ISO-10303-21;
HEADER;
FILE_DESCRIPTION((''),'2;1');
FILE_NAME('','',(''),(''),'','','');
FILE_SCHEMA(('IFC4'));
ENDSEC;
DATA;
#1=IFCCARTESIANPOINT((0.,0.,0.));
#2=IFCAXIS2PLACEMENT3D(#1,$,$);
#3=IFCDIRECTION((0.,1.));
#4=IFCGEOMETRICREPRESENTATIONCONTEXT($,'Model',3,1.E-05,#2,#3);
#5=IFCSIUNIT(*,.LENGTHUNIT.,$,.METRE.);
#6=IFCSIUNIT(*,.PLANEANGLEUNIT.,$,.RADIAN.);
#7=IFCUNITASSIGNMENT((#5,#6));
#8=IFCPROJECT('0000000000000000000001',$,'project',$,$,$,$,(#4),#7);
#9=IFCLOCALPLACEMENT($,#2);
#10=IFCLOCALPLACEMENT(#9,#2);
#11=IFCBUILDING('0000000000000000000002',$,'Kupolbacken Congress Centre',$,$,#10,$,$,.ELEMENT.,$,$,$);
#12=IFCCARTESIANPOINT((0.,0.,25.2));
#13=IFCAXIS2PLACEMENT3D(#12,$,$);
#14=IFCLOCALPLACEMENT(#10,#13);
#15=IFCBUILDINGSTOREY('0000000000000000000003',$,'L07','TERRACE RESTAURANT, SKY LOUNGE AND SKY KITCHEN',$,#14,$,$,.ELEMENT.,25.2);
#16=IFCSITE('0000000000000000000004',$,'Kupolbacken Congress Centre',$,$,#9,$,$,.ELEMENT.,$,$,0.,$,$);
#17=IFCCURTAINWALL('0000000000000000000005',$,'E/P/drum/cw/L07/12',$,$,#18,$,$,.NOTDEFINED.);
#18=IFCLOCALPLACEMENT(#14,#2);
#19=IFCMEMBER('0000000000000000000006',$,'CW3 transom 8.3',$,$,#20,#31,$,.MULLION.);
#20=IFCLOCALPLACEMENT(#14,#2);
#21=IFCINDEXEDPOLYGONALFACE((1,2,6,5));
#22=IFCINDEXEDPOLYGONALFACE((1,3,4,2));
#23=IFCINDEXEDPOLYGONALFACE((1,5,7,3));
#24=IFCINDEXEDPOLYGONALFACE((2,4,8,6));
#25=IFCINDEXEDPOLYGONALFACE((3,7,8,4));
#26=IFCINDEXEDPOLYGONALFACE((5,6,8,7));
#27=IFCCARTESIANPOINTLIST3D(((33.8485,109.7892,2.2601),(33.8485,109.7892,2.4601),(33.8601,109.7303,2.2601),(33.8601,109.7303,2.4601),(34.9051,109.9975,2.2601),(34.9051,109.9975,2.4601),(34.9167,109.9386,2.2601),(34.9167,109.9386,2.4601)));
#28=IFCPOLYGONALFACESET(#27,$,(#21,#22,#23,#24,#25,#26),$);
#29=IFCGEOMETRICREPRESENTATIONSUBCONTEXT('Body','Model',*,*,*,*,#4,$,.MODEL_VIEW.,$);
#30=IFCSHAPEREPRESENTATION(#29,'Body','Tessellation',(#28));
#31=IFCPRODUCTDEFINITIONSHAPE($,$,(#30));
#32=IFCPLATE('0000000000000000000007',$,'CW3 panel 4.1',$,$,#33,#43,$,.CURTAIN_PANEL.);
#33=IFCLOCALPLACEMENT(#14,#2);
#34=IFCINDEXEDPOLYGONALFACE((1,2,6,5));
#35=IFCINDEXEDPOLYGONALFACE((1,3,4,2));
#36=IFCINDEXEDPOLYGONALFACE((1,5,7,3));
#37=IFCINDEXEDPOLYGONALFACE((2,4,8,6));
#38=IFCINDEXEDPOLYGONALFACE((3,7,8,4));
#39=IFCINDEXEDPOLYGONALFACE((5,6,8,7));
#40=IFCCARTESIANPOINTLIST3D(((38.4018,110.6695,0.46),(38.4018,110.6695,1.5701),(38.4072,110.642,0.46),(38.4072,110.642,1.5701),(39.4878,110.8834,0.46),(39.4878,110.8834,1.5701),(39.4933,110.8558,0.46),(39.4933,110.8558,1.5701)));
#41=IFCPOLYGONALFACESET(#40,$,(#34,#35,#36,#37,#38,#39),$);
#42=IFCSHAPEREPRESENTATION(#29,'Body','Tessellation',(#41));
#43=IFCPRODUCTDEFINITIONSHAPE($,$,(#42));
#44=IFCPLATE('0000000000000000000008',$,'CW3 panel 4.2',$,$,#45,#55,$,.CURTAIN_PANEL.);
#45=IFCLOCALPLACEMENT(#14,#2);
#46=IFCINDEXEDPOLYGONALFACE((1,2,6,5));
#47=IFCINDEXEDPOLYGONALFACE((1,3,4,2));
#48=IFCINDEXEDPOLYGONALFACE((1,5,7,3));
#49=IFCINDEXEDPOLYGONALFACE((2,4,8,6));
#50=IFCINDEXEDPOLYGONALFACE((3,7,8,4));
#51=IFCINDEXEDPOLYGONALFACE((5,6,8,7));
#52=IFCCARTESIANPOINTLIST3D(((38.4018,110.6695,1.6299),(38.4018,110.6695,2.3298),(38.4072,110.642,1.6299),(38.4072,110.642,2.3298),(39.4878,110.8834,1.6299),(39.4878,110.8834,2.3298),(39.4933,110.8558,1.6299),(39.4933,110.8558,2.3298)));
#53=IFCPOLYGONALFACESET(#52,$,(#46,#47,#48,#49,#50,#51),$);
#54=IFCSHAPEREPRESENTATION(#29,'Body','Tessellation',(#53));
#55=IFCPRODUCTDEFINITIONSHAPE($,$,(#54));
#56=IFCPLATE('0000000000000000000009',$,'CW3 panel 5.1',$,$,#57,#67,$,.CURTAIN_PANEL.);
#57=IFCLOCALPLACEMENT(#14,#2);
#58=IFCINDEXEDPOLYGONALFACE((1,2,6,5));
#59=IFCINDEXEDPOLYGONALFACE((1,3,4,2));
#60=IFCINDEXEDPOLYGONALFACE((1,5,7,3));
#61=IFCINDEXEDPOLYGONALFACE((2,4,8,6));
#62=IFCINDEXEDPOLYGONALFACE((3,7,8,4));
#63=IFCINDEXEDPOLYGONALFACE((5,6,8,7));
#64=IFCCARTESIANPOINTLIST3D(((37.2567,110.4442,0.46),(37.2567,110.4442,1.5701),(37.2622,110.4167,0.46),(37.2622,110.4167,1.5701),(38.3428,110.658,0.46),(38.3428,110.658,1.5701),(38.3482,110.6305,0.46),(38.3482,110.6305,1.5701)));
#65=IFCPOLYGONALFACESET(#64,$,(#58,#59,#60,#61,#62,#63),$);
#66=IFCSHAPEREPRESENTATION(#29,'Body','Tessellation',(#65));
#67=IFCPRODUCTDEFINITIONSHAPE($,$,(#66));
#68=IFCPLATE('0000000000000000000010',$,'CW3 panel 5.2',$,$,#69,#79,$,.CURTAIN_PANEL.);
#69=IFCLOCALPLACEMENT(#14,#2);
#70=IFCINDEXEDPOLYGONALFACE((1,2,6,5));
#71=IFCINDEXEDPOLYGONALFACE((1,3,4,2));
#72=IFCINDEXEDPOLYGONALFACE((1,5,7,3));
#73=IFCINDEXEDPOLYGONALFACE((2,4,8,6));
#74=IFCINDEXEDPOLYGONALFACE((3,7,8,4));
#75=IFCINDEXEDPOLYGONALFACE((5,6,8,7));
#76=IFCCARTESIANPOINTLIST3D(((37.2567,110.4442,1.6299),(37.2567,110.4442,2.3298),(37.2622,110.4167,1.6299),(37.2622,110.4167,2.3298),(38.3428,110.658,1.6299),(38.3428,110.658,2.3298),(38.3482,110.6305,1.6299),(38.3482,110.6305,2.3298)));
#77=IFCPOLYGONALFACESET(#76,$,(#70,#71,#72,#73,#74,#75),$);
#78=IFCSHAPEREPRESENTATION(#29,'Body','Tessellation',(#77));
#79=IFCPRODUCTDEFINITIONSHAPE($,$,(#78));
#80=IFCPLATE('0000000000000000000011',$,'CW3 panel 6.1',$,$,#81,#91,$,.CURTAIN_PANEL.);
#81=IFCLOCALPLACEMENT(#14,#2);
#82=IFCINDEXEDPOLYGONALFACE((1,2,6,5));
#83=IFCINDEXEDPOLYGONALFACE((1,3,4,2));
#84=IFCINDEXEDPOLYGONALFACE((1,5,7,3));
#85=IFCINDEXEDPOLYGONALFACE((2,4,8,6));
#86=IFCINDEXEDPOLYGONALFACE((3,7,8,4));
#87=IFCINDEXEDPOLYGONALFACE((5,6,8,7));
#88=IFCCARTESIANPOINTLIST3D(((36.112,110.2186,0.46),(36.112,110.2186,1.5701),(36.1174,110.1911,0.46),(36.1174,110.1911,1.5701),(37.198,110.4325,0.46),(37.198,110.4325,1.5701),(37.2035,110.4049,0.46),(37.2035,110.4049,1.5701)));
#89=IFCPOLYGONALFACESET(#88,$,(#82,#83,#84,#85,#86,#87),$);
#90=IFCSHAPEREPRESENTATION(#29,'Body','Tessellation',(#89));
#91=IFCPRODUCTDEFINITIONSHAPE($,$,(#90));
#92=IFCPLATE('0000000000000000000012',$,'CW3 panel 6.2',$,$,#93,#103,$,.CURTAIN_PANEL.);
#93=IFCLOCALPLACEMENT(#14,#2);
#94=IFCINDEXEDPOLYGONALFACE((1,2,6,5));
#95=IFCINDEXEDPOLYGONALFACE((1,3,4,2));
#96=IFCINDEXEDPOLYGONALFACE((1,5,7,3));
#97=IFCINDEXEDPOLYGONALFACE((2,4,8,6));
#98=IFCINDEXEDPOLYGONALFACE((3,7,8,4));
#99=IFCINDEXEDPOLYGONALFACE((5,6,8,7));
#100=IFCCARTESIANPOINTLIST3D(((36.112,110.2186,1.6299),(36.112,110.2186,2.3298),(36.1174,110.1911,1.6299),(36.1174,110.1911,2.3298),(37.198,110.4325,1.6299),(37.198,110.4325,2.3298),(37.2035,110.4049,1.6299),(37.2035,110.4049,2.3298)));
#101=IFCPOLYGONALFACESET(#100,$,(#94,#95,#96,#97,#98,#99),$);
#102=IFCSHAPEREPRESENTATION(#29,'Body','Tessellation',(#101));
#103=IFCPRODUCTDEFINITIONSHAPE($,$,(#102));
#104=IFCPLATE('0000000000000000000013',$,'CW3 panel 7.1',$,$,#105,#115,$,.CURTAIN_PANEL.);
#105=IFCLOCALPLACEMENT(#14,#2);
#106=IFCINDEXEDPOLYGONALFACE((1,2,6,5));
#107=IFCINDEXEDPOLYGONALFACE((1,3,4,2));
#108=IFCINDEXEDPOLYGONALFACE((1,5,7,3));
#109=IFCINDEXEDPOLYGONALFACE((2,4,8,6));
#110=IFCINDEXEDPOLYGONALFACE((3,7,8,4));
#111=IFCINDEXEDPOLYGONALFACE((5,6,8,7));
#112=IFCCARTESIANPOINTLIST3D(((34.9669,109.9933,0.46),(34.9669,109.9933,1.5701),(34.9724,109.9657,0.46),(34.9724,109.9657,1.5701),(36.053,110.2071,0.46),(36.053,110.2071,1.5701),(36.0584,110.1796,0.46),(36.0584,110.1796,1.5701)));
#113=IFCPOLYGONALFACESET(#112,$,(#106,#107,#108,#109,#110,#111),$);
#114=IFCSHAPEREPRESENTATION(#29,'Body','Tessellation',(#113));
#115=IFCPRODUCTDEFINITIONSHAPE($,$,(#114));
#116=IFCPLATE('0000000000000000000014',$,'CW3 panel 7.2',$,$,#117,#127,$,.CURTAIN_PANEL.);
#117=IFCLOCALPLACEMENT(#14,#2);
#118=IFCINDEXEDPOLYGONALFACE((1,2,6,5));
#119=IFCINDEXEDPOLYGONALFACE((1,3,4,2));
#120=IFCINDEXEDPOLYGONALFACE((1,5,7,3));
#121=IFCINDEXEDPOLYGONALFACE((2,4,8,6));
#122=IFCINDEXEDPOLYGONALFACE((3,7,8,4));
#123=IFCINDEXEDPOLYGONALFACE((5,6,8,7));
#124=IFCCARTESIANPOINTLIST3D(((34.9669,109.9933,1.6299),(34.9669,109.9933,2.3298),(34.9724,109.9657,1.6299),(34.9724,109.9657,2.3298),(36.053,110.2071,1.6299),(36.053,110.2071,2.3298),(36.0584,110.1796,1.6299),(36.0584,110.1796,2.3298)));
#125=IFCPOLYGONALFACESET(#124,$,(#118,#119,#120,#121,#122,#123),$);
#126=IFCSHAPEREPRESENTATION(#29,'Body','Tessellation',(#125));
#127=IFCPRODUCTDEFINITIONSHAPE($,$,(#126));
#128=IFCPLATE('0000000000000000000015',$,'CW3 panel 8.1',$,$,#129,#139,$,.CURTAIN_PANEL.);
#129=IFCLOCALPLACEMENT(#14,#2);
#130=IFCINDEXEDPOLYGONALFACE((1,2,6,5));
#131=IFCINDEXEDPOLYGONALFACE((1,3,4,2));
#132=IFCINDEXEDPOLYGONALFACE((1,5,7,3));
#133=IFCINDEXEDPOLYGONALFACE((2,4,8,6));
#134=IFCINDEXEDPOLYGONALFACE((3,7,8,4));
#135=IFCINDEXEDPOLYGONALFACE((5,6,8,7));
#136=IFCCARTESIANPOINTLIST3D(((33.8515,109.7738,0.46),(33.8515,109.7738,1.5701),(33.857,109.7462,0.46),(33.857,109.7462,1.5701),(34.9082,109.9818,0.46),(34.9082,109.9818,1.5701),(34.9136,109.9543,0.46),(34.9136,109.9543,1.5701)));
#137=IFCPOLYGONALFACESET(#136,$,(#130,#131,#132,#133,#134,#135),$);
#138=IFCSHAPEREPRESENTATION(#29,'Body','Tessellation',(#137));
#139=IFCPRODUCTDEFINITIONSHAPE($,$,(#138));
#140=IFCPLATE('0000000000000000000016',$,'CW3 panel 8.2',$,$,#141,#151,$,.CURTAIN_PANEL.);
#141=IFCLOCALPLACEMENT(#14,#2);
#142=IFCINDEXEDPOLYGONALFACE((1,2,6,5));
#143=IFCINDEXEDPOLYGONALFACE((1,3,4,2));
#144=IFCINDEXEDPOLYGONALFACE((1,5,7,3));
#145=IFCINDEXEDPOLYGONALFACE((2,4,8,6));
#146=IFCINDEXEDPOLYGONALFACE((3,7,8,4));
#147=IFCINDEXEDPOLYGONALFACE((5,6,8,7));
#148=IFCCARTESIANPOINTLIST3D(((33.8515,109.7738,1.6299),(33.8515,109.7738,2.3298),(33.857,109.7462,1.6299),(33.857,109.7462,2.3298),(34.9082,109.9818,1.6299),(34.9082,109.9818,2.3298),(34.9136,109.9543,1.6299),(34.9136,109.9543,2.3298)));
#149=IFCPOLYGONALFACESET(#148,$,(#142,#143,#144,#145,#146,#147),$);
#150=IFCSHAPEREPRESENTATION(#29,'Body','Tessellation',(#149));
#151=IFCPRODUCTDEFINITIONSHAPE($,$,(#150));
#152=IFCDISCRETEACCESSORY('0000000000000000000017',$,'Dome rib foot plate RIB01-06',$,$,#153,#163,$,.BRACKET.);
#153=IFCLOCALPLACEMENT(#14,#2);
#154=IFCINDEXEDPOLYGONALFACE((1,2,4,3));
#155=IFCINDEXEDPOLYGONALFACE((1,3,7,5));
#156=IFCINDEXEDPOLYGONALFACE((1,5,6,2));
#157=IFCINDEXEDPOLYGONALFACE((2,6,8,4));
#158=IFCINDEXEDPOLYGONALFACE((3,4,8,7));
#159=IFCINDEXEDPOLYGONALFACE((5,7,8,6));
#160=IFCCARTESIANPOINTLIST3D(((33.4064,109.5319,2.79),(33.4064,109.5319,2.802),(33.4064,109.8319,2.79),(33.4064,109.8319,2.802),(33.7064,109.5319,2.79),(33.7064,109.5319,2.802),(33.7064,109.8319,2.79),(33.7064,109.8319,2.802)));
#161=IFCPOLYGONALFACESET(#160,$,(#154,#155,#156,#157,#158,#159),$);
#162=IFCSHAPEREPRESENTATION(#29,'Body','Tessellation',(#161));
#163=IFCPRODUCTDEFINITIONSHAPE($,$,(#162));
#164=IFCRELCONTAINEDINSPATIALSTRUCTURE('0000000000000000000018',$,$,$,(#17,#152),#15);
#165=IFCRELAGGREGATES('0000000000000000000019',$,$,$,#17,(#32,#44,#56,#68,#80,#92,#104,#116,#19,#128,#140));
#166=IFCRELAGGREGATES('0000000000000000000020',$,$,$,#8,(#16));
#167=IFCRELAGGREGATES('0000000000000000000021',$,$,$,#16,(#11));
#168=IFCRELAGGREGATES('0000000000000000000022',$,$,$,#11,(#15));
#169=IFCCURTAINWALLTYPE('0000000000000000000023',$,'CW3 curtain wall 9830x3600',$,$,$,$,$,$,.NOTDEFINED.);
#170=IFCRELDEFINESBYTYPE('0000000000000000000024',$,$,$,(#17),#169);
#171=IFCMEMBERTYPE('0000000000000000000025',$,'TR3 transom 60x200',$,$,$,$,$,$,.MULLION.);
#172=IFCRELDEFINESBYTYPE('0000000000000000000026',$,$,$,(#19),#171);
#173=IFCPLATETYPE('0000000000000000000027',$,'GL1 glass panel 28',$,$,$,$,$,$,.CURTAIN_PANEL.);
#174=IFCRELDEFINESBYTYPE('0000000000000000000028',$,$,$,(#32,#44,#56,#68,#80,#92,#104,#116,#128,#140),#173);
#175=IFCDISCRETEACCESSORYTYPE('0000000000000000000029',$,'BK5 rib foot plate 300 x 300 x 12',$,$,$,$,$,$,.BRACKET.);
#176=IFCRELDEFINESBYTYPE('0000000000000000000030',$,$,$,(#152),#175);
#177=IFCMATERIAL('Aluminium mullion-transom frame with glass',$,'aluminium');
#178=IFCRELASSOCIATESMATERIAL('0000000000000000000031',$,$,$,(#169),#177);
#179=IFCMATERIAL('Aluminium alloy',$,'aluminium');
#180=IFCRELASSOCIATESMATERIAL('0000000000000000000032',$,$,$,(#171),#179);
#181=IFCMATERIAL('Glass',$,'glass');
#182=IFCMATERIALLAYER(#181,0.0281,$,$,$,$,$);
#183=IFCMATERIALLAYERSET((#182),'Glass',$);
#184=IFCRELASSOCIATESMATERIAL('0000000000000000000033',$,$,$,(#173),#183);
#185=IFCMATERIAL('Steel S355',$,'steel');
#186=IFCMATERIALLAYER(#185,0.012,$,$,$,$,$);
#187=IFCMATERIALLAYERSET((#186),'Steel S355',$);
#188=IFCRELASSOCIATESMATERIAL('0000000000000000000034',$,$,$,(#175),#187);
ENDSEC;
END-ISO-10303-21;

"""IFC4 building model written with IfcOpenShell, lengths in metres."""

from ifc_helpers import new_model, si_unit, direction, frame, origin, origin_2d, place, context, subcontext, project, spatial, rectangle, extrude, material, layer, layer_set, material_profile, profile_set, type_object, element, aggregate, save


model = new_model("IFC4")

# Units and contexts
model_context = context("Model", 3, precision=1e-05, world=origin(), true_north=direction((0.0, 1.0)))
body_context = subcontext(model_context, "Body", "Model", "MODEL_VIEW")
ifc_project = project(units=[si_unit("LENGTHUNIT", "METRE"), si_unit("PLANEANGLEUNIT", "RADIAN")], contexts=[model_context])

# Site, building, storey
site_placement = place(None, origin())
site = spatial("IfcSite", under=ifc_project, at=site_placement, Name="Kupolbacken Congress Centre", CompositionType="ELEMENT", RefElevation=0.0)
building_placement = place(site_placement, origin())
building = spatial("IfcBuilding", under=site, at=building_placement, Name="Kupolbacken Congress Centre", CompositionType="ELEMENT")
storey_placement = place(building_placement, frame((0.0, 0.0, 25.2)))
storey = spatial("IfcBuildingStorey", under=building, at=storey_placement, Name="L07", Description="TERRACE RESTAURANT, SKY LOUNGE AND SKY KITCHEN", CompositionType="ELEMENT", Elevation=25.2)

# Curtain wall
ifc_material_1 = material(Name="Aluminium mullion-transom frame with glass", Category="aluminium")
curtain_wall_type = type_object("IfcCurtainWallType", Name="CW3 curtain wall 9830x3600", PredefinedType="NOTDEFINED", material=ifc_material_1)
curtain_wall_1_placement = place(storey_placement, origin())
curtain_wall_1 = element("IfcCurtainWall", 1, at=curtain_wall_1_placement, inside=storey, type_object=curtain_wall_type, Name="E/P/drum/cw/L07/12", PredefinedType="NOTDEFINED")

# Shared definitions
ifc_material_2 = material(Name="Aluminium alloy", Category="aluminium")
ifc_material_profile_1 = material_profile(ifc_material_2, rectangle(XDim=0.0601, YDim=0.2, at=origin_2d()), Name="60 x 200")
ifc_profile_set_1 = profile_set([ifc_material_profile_1], Name="Aluminium alloy")
member_type_1 = type_object("IfcMemberType", Name="TR3 transom 60x200", PredefinedType="MULLION", material=ifc_profile_set_1)

# Member
member_1_placement = place(storey_placement, frame((34.9109, 109.968, 2.3601), z_axis=(-0.981126, -0.193369, 0.0), x_axis=(0.193369, -0.981126, 0.0)))
member_1 = element("IfcMember", 2, at=member_1_placement, type_object=member_type_1, Name="CW3 transom 8.3", PredefinedType="MULLION", context=body_context, shape_type="SweptSolid", body=[
    extrude(rectangle(XDim=0.0601, YDim=0.2, at=origin_2d()), origin(), (0.0, 0.0, 1.0), 1.0769),
])

# Plates
ifc_material_3 = material(Name="Glass", Category="glass")
ifc_layer_1 = layer(ifc_material_3, 0.0281)
ifc_layer_set_1 = layer_set([ifc_layer_1], Name="Glass")
plate_type = type_object("IfcPlateType", Name="GL1 glass panel 28", PredefinedType="CURTAIN_PANEL", material=ifc_layer_set_1)
plate_1_placement = place(storey_placement, frame((38.9475, 110.7627, 0.46), z_axis=(0.0, 0.0, 1.0), x_axis=(-0.981163, -0.193182, 0.0)))
plate_1 = element("IfcPlate", 3, at=plate_1_placement, type_object=plate_type, Name="CW3 panel 4.1", PredefinedType="CURTAIN_PANEL", context=body_context, shape_type="SweptSolid", body=[
    extrude(rectangle(XDim=1.1069, YDim=0.0281, at=origin_2d()), origin(), (0.0, 0.0, 1.0), 1.1101),
])
plate_2_placement = place(storey_placement, frame((38.9475, 110.7627, 1.6299), z_axis=(0.0, 0.0, 1.0), x_axis=(-0.981163, -0.193182, 0.0)))
plate_2 = element("IfcPlate", 4, at=plate_2_placement, type_object=plate_type, Name="CW3 panel 4.2", PredefinedType="CURTAIN_PANEL", context=body_context, shape_type="SweptSolid", body=[
    extrude(rectangle(XDim=1.1069, YDim=0.0281, at=origin_2d()), origin(), (0.0, 0.0, 1.0), 0.7),
])
plate_3_placement = place(storey_placement, frame((37.8025, 110.5374, 0.46), z_axis=(0.0, 0.0, 1.0), x_axis=(-0.981163, -0.193182, 0.0)))
plate_3 = element("IfcPlate", 5, at=plate_3_placement, type_object=plate_type, Name="CW3 panel 5.1", PredefinedType="CURTAIN_PANEL", context=body_context, shape_type="SweptSolid", body=[
    extrude(rectangle(XDim=1.1069, YDim=0.0281, at=origin_2d()), origin(), (0.0, 0.0, 1.0), 1.1101),
])
plate_4_placement = place(storey_placement, frame((37.8025, 110.5374, 1.6299), z_axis=(0.0, 0.0, 1.0), x_axis=(-0.981163, -0.193182, 0.0)))
plate_4 = element("IfcPlate", 6, at=plate_4_placement, type_object=plate_type, Name="CW3 panel 5.2", PredefinedType="CURTAIN_PANEL", context=body_context, shape_type="SweptSolid", body=[
    extrude(rectangle(XDim=1.1069, YDim=0.0281, at=origin_2d()), origin(), (0.0, 0.0, 1.0), 0.7),
])
plate_5_placement = place(storey_placement, frame((36.6577, 110.3118, 0.46), z_axis=(0.0, 0.0, 1.0), x_axis=(-0.981163, -0.193182, 0.0)))
plate_5 = element("IfcPlate", 7, at=plate_5_placement, type_object=plate_type, Name="CW3 panel 6.1", PredefinedType="CURTAIN_PANEL", context=body_context, shape_type="SweptSolid", body=[
    extrude(rectangle(XDim=1.1069, YDim=0.0281, at=origin_2d()), origin(), (0.0, 0.0, 1.0), 1.1101),
])
plate_6_placement = place(storey_placement, frame((36.6577, 110.3118, 1.6299), z_axis=(0.0, 0.0, 1.0), x_axis=(-0.981163, -0.193182, 0.0)))
plate_6 = element("IfcPlate", 8, at=plate_6_placement, type_object=plate_type, Name="CW3 panel 6.2", PredefinedType="CURTAIN_PANEL", context=body_context, shape_type="SweptSolid", body=[
    extrude(rectangle(XDim=1.1069, YDim=0.0281, at=origin_2d()), origin(), (0.0, 0.0, 1.0), 0.7),
])
plate_7_placement = place(storey_placement, frame((35.5127, 110.0864, 0.46), z_axis=(0.0, 0.0, 1.0), x_axis=(-0.981163, -0.193182, 0.0)))
plate_7 = element("IfcPlate", 9, at=plate_7_placement, type_object=plate_type, Name="CW3 panel 7.1", PredefinedType="CURTAIN_PANEL", context=body_context, shape_type="SweptSolid", body=[
    extrude(rectangle(XDim=1.1069, YDim=0.0281, at=origin_2d()), origin(), (0.0, 0.0, 1.0), 1.1101),
])
plate_8_placement = place(storey_placement, frame((35.5127, 110.0864, 1.6299), z_axis=(0.0, 0.0, 1.0), x_axis=(-0.981163, -0.193182, 0.0)))
plate_8 = element("IfcPlate", 10, at=plate_8_placement, type_object=plate_type, Name="CW3 panel 7.2", PredefinedType="CURTAIN_PANEL", context=body_context, shape_type="SweptSolid", body=[
    extrude(rectangle(XDim=1.1069, YDim=0.0281, at=origin_2d()), origin(), (0.0, 0.0, 1.0), 0.7),
])
plate_9_placement = place(storey_placement, frame((34.3826, 109.864, 0.46), z_axis=(0.0, 0.0, 1.0), x_axis=(-0.981163, -0.193182, 0.0)))
plate_9 = element("IfcPlate", 11, at=plate_9_placement, type_object=plate_type, Name="CW3 panel 8.1", PredefinedType="CURTAIN_PANEL", context=body_context, shape_type="SweptSolid", body=[
    extrude(rectangle(XDim=1.0769, YDim=0.0281, at=origin_2d()), origin(), (0.0, 0.0, 1.0), 1.1101),
])
plate_10_placement = place(storey_placement, frame((34.3826, 109.864, 1.6299), z_axis=(0.0, 0.0, 1.0), x_axis=(-0.981163, -0.193182, 0.0)))
plate_10 = element("IfcPlate", 12, at=plate_10_placement, type_object=plate_type, Name="CW3 panel 8.2", PredefinedType="CURTAIN_PANEL", context=body_context, shape_type="SweptSolid", body=[
    extrude(rectangle(XDim=1.0769, YDim=0.0281, at=origin_2d()), origin(), (0.0, 0.0, 1.0), 0.7),
])
aggregate(curtain_wall_1, [plate_1, plate_2, plate_3, plate_4, plate_5, plate_6, plate_7, plate_8, member_1, plate_9, plate_10])

# Discrete accessory
ifc_material_4 = material(Name="Steel S355", Category="steel")
ifc_layer_2 = layer(ifc_material_4, 0.012)
ifc_layer_set_2 = layer_set([ifc_layer_2], Name="Steel S355")
discrete_accessory_type = type_object("IfcDiscreteAccessoryType", Name="BK5 rib foot plate 300 x 300 x 12", PredefinedType="BRACKET", material=ifc_layer_set_2)
discrete_accessory_placement = place(storey_placement, frame((33.5564, 109.6819, 2.79), z_axis=(0.0, 0.0, 1.0), x_axis=(1.0, 0.0, 0.0)))
element("IfcDiscreteAccessory", 13, at=discrete_accessory_placement, inside=storey, type_object=discrete_accessory_type, Name="Dome rib foot plate RIB01-06", PredefinedType="BRACKET", context=body_context, shape_type="SweptSolid", body=[
    extrude(rectangle(XDim=0.3, YDim=0.3, at=origin_2d()), origin(), (0.0, 0.0, 1.0), 0.012),
])

save(model, "model.ifc")
